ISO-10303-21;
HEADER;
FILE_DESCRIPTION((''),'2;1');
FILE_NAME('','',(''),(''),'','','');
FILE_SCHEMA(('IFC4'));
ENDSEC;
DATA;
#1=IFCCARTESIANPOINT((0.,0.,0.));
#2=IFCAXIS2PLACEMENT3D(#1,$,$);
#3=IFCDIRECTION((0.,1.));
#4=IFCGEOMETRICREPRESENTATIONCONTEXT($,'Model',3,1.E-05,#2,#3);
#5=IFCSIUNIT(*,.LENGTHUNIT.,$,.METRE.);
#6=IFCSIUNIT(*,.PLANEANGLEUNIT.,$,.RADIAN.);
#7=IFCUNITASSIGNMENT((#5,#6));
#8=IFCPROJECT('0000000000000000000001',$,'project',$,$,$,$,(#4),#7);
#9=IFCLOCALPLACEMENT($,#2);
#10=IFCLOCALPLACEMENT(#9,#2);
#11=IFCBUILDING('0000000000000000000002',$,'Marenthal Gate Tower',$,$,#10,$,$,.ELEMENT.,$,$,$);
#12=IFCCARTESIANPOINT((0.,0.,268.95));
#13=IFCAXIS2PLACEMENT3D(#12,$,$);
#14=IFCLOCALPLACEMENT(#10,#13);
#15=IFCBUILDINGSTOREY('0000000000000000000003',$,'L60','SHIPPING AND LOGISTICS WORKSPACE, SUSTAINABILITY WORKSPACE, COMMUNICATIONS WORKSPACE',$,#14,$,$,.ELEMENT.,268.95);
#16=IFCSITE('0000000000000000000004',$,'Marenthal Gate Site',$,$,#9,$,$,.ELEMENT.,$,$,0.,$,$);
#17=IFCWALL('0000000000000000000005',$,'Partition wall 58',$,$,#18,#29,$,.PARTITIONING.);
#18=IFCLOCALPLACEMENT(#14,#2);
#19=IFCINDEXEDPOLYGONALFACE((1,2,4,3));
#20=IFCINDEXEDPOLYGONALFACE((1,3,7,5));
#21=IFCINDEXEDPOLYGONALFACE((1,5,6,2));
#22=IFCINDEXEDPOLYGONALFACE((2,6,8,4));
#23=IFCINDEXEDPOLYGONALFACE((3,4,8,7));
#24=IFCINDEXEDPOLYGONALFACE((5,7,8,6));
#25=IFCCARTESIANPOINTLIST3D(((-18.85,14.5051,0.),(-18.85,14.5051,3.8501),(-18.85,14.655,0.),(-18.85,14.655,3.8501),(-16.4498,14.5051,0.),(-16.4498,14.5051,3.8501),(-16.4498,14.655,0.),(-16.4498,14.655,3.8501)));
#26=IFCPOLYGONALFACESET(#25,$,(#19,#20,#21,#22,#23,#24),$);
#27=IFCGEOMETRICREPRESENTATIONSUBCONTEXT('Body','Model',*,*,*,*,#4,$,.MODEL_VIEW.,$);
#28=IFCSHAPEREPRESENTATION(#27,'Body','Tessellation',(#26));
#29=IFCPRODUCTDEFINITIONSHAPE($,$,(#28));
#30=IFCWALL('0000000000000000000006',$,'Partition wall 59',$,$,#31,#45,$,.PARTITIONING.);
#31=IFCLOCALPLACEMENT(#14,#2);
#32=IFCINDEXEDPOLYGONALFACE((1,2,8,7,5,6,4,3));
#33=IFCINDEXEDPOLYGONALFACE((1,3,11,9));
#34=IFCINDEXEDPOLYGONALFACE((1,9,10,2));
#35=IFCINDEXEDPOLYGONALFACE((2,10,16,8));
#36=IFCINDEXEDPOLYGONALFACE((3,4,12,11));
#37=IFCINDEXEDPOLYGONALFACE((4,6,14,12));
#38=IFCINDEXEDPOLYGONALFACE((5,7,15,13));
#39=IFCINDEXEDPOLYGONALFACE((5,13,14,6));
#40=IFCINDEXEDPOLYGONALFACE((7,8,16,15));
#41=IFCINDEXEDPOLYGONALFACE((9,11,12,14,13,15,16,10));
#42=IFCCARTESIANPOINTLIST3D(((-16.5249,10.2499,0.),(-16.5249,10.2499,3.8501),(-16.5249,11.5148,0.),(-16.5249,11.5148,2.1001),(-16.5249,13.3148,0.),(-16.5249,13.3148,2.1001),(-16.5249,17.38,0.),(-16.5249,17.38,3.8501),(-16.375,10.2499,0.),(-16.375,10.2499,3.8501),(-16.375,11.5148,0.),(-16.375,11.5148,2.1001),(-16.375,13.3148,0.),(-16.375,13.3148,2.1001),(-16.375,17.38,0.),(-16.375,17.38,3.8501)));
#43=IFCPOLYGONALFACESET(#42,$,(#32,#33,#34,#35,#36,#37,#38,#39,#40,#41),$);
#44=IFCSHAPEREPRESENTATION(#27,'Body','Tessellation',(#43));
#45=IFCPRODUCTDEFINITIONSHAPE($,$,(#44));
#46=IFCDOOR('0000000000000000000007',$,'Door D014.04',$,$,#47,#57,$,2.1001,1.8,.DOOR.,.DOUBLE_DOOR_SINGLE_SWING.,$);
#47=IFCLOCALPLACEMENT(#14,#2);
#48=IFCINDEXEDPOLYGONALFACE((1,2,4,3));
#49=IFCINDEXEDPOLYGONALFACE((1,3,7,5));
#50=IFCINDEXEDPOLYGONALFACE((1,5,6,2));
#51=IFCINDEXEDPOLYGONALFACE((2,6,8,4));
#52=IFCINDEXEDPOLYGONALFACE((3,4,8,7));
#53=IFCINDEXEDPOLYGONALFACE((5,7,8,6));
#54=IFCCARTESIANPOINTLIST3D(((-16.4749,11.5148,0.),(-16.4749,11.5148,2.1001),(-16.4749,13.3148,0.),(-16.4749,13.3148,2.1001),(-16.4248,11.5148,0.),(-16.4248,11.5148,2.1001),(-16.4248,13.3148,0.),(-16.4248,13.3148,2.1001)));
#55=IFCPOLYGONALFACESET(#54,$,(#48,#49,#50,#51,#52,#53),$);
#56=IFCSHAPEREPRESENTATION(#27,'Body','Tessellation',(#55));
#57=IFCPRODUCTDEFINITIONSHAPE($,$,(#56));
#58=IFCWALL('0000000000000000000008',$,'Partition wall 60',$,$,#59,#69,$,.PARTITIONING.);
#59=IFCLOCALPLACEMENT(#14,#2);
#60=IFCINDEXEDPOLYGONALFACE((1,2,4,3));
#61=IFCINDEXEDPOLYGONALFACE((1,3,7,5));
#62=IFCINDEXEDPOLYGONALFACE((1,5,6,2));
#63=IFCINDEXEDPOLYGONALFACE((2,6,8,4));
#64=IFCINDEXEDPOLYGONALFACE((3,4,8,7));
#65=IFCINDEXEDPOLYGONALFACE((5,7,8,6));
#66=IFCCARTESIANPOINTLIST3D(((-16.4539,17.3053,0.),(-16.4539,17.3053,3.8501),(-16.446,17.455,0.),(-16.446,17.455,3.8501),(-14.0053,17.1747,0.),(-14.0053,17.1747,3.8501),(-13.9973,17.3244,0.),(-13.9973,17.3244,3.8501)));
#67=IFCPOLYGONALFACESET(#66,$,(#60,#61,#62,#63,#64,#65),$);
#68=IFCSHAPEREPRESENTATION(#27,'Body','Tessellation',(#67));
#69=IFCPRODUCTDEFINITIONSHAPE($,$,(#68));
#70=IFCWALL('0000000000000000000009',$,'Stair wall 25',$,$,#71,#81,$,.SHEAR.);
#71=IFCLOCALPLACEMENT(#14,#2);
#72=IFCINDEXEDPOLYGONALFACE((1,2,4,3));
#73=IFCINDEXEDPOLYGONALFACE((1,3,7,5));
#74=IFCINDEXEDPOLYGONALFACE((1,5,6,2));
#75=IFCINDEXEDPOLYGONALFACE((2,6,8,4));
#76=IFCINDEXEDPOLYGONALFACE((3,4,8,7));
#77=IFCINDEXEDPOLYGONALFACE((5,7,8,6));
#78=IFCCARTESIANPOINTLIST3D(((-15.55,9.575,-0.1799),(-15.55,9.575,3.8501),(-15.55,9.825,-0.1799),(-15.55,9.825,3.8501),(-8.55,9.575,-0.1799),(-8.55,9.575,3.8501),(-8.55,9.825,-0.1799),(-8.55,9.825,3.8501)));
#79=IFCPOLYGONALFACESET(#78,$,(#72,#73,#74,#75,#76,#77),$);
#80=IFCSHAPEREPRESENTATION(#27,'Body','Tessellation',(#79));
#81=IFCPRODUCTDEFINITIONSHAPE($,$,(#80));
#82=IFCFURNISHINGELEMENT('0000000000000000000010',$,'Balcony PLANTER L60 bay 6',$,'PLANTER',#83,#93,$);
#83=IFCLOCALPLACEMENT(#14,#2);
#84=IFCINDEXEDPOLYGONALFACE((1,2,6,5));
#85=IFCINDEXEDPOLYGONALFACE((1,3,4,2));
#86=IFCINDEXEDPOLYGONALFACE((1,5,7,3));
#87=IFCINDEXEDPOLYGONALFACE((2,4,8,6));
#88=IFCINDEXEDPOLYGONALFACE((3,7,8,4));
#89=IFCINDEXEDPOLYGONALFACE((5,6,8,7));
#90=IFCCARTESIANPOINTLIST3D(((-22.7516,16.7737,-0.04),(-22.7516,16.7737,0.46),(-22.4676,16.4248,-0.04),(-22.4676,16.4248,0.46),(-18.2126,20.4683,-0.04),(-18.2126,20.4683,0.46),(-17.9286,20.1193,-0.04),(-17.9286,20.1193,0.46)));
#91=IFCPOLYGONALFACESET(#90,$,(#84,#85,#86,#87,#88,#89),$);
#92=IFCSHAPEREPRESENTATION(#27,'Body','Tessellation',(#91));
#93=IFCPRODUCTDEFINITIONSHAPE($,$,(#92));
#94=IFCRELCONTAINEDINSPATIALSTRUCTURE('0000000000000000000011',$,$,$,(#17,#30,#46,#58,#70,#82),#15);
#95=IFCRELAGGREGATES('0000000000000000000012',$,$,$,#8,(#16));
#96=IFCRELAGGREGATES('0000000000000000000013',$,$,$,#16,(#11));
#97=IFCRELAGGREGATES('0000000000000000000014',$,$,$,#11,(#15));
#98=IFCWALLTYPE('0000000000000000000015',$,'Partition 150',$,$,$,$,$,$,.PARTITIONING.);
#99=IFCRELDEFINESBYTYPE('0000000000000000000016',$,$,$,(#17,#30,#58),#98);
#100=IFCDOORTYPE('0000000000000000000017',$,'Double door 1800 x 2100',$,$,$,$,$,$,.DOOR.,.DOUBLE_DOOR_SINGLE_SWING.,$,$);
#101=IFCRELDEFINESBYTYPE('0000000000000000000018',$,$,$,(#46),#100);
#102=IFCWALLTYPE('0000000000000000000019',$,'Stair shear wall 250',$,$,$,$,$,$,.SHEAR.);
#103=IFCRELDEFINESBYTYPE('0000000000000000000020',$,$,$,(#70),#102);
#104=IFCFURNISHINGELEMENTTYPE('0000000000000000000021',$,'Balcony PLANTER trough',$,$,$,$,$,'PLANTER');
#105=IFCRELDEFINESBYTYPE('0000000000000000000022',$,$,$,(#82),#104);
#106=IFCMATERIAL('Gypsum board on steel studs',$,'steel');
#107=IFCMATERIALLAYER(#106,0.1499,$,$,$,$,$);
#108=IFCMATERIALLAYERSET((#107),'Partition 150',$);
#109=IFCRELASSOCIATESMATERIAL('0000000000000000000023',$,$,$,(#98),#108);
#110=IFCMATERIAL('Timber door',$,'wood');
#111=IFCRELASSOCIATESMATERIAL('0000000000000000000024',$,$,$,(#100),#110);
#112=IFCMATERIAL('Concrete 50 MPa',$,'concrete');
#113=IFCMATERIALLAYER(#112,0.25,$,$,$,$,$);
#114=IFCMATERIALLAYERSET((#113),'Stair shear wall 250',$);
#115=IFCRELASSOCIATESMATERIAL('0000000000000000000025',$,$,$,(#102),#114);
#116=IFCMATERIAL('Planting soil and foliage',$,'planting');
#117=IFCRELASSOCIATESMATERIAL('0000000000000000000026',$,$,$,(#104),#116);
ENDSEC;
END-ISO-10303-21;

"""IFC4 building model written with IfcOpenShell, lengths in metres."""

from ifc_helpers import new_model, si_unit, direction, frame, frame_2d, origin, origin_2d, place, context, subcontext, project, spatial, rectangle, extrude, material, layer, layer_set, type_object, element, fill, save


model = new_model("IFC4")

# Units and contexts
model_context = context("Model", 3, precision=1e-05, world=origin(), true_north=direction((0.0, 1.0)))
body_context = subcontext(model_context, "Body", "Model", "MODEL_VIEW")
ifc_project = project(units=[si_unit("LENGTHUNIT", "METRE"), si_unit("PLANEANGLEUNIT", "RADIAN")], contexts=[model_context])

# Site, building, storey
site_placement = place(None, origin())
site = spatial("IfcSite", under=ifc_project, at=site_placement, Name="Marenthal Gate Site", CompositionType="ELEMENT", RefElevation=0.0)
building_placement = place(site_placement, origin())
building = spatial("IfcBuilding", under=site, at=building_placement, Name="Marenthal Gate Tower", CompositionType="ELEMENT")
storey_placement = place(building_placement, frame((0.0, 0.0, 268.95)))
storey = spatial("IfcBuildingStorey", under=building, at=storey_placement, Name="L60", Description="SHIPPING AND LOGISTICS WORKSPACE, SUSTAINABILITY WORKSPACE, COMMUNICATIONS WORKSPACE", CompositionType="ELEMENT", Elevation=268.95)

# Wall
ifc_material_1 = material(Name="Gypsum board on steel studs", Category="steel")
ifc_layer_1 = layer(ifc_material_1, 0.1499)
ifc_layer_set_1 = layer_set([ifc_layer_1], Name="Partition 150")
wall_type_1 = type_object("IfcWallType", Name="Partition 150", PredefinedType="PARTITIONING", material=ifc_layer_set_1)
wall_1_placement = place(storey_placement, frame((-18.8501, 14.5801, 0.0), z_axis=(0.0, 0.0, 1.0), x_axis=(1.0, 0.0, 0.0)))
element("IfcWall", 1, at=wall_1_placement, inside=storey, type_object=wall_type_1, Name="Partition wall 58", PredefinedType="PARTITIONING", context=body_context, shape_type="SweptSolid", body=[
    extrude(rectangle(XDim=2.4001, YDim=0.1499, at=frame_2d((1.2002, 0.0))), origin(), (0.0, 0.0, 1.0), 3.8501),
])

# Wall, opening, door
wall_2_placement = place(storey_placement, frame((-16.45, 10.25, 0.0), z_axis=(0.0, 0.0, 1.0), x_axis=(0.0, 1.0, 0.0)))
wall_2 = element("IfcWall", 2, at=wall_2_placement, inside=storey, type_object=wall_type_1, Name="Partition wall 59", PredefinedType="PARTITIONING", context=body_context, shape_type="SweptSolid", body=[
    extrude(rectangle(XDim=7.1301, YDim=0.1499, at=frame_2d((3.5649, 0.0))), origin(), (0.0, 0.0, 1.0), 3.8501),
])
opening_1_placement = place(wall_2_placement, frame((1.2649, 0.0, 0.0)))
opening_1 = element("IfcOpeningElement", 3, at=opening_1_placement, cuts=wall_2, PredefinedType="OPENING", context=body_context, shape_type="SweptSolid", body=[
    extrude(rectangle(XDim=1.8, YDim=2.1001, at=frame_2d((0.8999, 1.05))), frame((0.0, 0.085, 0.0), z_axis=(0.0, -1.0, 0.0), x_axis=(1.0, 0.0, 0.0)), (0.0, 0.0, 1.0), 0.1699),
])
ifc_material_2 = material(Name="Timber door", Category="wood")
door_type_1 = type_object("IfcDoorType", Name="Double door 1800 x 2100", OperationType="DOUBLE_DOOR_SINGLE_SWING", PredefinedType="DOOR", material=ifc_material_2)
door_1_placement = place(opening_1_placement, origin())
door_1 = element("IfcDoor", 4, at=door_1_placement, inside=storey, type_object=door_type_1, Name="Door D014.04", OperationType="DOUBLE_DOOR_SINGLE_SWING", OverallHeight=2.1001, OverallWidth=1.8, PredefinedType="DOOR", context=body_context, shape_type="SweptSolid", body=[
    extrude(rectangle(XDim=1.8, YDim=2.1001, at=frame_2d((0.8999, 1.05))), frame((0.0, 0.0249, 0.0), z_axis=(0.0, -1.0, 0.0), x_axis=(1.0, 0.0, 0.0)), (0.0, 0.0, 1.0), 0.05),
])
fill(opening_1, door_1)

# Walls
wall_3_placement = place(storey_placement, frame((-16.45, 17.3801, 0.0), z_axis=(0.0, 0.0, 1.0), x_axis=(0.99858, -0.053264, 0.0)))
element("IfcWall", 5, at=wall_3_placement, inside=storey, type_object=wall_type_1, Name="Partition wall 60", PredefinedType="PARTITIONING", context=body_context, shape_type="SweptSolid", body=[
    extrude(rectangle(XDim=2.4521, YDim=0.1499, at=frame_2d((1.2261, 0.0))), origin(), (0.0, 0.0, 1.0), 3.8501),
])
ifc_material_3 = material(Name="Concrete 50 MPa", Category="concrete")
ifc_layer_2 = layer(ifc_material_3, 0.25)
ifc_layer_set_2 = layer_set([ifc_layer_2], Name="Stair shear wall 250")
wall_type_2 = type_object("IfcWallType", Name="Stair shear wall 250", PredefinedType="SHEAR", material=ifc_layer_set_2)
wall_4_placement = place(storey_placement, frame((-15.55, 9.7, -0.1799), z_axis=(0.0, 0.0, 1.0), x_axis=(1.0, 0.0, 0.0)))
element("IfcWall", 6, at=wall_4_placement, inside=storey, type_object=wall_type_2, Name="Stair wall 25", PredefinedType="SHEAR", context=body_context, shape_type="SweptSolid", body=[
    extrude(rectangle(XDim=7.0, YDim=0.25, at=frame_2d((3.5, 0.0))), origin(), (0.0, 0.0, 1.0), 4.03),
])

# Furnishing element
ifc_material_4 = material(Name="Planting soil and foliage", Category="planting")
furnishing_element_type = type_object("IfcFurnishingElementType", Name="Balcony PLANTER trough", ElementType="PLANTER", material=ifc_material_4)
furnishing_placement = place(storey_placement, frame((-20.3401, 18.4465, -0.04), z_axis=(0.0, 0.0, 1.0), x_axis=(-0.775557, -0.631278, 0.0)))
element("IfcFurnishingElement", 7, at=furnishing_placement, inside=storey, type_object=furnishing_element_type, Name="Balcony PLANTER L60 bay 6", ObjectType="PLANTER", context=body_context, shape_type="SweptSolid", body=[
    extrude(rectangle(XDim=5.8525, YDim=0.45, at=origin_2d()), origin(), (0.0, 0.0, 1.0), 0.5),
])

save(model, "model.ifc")
